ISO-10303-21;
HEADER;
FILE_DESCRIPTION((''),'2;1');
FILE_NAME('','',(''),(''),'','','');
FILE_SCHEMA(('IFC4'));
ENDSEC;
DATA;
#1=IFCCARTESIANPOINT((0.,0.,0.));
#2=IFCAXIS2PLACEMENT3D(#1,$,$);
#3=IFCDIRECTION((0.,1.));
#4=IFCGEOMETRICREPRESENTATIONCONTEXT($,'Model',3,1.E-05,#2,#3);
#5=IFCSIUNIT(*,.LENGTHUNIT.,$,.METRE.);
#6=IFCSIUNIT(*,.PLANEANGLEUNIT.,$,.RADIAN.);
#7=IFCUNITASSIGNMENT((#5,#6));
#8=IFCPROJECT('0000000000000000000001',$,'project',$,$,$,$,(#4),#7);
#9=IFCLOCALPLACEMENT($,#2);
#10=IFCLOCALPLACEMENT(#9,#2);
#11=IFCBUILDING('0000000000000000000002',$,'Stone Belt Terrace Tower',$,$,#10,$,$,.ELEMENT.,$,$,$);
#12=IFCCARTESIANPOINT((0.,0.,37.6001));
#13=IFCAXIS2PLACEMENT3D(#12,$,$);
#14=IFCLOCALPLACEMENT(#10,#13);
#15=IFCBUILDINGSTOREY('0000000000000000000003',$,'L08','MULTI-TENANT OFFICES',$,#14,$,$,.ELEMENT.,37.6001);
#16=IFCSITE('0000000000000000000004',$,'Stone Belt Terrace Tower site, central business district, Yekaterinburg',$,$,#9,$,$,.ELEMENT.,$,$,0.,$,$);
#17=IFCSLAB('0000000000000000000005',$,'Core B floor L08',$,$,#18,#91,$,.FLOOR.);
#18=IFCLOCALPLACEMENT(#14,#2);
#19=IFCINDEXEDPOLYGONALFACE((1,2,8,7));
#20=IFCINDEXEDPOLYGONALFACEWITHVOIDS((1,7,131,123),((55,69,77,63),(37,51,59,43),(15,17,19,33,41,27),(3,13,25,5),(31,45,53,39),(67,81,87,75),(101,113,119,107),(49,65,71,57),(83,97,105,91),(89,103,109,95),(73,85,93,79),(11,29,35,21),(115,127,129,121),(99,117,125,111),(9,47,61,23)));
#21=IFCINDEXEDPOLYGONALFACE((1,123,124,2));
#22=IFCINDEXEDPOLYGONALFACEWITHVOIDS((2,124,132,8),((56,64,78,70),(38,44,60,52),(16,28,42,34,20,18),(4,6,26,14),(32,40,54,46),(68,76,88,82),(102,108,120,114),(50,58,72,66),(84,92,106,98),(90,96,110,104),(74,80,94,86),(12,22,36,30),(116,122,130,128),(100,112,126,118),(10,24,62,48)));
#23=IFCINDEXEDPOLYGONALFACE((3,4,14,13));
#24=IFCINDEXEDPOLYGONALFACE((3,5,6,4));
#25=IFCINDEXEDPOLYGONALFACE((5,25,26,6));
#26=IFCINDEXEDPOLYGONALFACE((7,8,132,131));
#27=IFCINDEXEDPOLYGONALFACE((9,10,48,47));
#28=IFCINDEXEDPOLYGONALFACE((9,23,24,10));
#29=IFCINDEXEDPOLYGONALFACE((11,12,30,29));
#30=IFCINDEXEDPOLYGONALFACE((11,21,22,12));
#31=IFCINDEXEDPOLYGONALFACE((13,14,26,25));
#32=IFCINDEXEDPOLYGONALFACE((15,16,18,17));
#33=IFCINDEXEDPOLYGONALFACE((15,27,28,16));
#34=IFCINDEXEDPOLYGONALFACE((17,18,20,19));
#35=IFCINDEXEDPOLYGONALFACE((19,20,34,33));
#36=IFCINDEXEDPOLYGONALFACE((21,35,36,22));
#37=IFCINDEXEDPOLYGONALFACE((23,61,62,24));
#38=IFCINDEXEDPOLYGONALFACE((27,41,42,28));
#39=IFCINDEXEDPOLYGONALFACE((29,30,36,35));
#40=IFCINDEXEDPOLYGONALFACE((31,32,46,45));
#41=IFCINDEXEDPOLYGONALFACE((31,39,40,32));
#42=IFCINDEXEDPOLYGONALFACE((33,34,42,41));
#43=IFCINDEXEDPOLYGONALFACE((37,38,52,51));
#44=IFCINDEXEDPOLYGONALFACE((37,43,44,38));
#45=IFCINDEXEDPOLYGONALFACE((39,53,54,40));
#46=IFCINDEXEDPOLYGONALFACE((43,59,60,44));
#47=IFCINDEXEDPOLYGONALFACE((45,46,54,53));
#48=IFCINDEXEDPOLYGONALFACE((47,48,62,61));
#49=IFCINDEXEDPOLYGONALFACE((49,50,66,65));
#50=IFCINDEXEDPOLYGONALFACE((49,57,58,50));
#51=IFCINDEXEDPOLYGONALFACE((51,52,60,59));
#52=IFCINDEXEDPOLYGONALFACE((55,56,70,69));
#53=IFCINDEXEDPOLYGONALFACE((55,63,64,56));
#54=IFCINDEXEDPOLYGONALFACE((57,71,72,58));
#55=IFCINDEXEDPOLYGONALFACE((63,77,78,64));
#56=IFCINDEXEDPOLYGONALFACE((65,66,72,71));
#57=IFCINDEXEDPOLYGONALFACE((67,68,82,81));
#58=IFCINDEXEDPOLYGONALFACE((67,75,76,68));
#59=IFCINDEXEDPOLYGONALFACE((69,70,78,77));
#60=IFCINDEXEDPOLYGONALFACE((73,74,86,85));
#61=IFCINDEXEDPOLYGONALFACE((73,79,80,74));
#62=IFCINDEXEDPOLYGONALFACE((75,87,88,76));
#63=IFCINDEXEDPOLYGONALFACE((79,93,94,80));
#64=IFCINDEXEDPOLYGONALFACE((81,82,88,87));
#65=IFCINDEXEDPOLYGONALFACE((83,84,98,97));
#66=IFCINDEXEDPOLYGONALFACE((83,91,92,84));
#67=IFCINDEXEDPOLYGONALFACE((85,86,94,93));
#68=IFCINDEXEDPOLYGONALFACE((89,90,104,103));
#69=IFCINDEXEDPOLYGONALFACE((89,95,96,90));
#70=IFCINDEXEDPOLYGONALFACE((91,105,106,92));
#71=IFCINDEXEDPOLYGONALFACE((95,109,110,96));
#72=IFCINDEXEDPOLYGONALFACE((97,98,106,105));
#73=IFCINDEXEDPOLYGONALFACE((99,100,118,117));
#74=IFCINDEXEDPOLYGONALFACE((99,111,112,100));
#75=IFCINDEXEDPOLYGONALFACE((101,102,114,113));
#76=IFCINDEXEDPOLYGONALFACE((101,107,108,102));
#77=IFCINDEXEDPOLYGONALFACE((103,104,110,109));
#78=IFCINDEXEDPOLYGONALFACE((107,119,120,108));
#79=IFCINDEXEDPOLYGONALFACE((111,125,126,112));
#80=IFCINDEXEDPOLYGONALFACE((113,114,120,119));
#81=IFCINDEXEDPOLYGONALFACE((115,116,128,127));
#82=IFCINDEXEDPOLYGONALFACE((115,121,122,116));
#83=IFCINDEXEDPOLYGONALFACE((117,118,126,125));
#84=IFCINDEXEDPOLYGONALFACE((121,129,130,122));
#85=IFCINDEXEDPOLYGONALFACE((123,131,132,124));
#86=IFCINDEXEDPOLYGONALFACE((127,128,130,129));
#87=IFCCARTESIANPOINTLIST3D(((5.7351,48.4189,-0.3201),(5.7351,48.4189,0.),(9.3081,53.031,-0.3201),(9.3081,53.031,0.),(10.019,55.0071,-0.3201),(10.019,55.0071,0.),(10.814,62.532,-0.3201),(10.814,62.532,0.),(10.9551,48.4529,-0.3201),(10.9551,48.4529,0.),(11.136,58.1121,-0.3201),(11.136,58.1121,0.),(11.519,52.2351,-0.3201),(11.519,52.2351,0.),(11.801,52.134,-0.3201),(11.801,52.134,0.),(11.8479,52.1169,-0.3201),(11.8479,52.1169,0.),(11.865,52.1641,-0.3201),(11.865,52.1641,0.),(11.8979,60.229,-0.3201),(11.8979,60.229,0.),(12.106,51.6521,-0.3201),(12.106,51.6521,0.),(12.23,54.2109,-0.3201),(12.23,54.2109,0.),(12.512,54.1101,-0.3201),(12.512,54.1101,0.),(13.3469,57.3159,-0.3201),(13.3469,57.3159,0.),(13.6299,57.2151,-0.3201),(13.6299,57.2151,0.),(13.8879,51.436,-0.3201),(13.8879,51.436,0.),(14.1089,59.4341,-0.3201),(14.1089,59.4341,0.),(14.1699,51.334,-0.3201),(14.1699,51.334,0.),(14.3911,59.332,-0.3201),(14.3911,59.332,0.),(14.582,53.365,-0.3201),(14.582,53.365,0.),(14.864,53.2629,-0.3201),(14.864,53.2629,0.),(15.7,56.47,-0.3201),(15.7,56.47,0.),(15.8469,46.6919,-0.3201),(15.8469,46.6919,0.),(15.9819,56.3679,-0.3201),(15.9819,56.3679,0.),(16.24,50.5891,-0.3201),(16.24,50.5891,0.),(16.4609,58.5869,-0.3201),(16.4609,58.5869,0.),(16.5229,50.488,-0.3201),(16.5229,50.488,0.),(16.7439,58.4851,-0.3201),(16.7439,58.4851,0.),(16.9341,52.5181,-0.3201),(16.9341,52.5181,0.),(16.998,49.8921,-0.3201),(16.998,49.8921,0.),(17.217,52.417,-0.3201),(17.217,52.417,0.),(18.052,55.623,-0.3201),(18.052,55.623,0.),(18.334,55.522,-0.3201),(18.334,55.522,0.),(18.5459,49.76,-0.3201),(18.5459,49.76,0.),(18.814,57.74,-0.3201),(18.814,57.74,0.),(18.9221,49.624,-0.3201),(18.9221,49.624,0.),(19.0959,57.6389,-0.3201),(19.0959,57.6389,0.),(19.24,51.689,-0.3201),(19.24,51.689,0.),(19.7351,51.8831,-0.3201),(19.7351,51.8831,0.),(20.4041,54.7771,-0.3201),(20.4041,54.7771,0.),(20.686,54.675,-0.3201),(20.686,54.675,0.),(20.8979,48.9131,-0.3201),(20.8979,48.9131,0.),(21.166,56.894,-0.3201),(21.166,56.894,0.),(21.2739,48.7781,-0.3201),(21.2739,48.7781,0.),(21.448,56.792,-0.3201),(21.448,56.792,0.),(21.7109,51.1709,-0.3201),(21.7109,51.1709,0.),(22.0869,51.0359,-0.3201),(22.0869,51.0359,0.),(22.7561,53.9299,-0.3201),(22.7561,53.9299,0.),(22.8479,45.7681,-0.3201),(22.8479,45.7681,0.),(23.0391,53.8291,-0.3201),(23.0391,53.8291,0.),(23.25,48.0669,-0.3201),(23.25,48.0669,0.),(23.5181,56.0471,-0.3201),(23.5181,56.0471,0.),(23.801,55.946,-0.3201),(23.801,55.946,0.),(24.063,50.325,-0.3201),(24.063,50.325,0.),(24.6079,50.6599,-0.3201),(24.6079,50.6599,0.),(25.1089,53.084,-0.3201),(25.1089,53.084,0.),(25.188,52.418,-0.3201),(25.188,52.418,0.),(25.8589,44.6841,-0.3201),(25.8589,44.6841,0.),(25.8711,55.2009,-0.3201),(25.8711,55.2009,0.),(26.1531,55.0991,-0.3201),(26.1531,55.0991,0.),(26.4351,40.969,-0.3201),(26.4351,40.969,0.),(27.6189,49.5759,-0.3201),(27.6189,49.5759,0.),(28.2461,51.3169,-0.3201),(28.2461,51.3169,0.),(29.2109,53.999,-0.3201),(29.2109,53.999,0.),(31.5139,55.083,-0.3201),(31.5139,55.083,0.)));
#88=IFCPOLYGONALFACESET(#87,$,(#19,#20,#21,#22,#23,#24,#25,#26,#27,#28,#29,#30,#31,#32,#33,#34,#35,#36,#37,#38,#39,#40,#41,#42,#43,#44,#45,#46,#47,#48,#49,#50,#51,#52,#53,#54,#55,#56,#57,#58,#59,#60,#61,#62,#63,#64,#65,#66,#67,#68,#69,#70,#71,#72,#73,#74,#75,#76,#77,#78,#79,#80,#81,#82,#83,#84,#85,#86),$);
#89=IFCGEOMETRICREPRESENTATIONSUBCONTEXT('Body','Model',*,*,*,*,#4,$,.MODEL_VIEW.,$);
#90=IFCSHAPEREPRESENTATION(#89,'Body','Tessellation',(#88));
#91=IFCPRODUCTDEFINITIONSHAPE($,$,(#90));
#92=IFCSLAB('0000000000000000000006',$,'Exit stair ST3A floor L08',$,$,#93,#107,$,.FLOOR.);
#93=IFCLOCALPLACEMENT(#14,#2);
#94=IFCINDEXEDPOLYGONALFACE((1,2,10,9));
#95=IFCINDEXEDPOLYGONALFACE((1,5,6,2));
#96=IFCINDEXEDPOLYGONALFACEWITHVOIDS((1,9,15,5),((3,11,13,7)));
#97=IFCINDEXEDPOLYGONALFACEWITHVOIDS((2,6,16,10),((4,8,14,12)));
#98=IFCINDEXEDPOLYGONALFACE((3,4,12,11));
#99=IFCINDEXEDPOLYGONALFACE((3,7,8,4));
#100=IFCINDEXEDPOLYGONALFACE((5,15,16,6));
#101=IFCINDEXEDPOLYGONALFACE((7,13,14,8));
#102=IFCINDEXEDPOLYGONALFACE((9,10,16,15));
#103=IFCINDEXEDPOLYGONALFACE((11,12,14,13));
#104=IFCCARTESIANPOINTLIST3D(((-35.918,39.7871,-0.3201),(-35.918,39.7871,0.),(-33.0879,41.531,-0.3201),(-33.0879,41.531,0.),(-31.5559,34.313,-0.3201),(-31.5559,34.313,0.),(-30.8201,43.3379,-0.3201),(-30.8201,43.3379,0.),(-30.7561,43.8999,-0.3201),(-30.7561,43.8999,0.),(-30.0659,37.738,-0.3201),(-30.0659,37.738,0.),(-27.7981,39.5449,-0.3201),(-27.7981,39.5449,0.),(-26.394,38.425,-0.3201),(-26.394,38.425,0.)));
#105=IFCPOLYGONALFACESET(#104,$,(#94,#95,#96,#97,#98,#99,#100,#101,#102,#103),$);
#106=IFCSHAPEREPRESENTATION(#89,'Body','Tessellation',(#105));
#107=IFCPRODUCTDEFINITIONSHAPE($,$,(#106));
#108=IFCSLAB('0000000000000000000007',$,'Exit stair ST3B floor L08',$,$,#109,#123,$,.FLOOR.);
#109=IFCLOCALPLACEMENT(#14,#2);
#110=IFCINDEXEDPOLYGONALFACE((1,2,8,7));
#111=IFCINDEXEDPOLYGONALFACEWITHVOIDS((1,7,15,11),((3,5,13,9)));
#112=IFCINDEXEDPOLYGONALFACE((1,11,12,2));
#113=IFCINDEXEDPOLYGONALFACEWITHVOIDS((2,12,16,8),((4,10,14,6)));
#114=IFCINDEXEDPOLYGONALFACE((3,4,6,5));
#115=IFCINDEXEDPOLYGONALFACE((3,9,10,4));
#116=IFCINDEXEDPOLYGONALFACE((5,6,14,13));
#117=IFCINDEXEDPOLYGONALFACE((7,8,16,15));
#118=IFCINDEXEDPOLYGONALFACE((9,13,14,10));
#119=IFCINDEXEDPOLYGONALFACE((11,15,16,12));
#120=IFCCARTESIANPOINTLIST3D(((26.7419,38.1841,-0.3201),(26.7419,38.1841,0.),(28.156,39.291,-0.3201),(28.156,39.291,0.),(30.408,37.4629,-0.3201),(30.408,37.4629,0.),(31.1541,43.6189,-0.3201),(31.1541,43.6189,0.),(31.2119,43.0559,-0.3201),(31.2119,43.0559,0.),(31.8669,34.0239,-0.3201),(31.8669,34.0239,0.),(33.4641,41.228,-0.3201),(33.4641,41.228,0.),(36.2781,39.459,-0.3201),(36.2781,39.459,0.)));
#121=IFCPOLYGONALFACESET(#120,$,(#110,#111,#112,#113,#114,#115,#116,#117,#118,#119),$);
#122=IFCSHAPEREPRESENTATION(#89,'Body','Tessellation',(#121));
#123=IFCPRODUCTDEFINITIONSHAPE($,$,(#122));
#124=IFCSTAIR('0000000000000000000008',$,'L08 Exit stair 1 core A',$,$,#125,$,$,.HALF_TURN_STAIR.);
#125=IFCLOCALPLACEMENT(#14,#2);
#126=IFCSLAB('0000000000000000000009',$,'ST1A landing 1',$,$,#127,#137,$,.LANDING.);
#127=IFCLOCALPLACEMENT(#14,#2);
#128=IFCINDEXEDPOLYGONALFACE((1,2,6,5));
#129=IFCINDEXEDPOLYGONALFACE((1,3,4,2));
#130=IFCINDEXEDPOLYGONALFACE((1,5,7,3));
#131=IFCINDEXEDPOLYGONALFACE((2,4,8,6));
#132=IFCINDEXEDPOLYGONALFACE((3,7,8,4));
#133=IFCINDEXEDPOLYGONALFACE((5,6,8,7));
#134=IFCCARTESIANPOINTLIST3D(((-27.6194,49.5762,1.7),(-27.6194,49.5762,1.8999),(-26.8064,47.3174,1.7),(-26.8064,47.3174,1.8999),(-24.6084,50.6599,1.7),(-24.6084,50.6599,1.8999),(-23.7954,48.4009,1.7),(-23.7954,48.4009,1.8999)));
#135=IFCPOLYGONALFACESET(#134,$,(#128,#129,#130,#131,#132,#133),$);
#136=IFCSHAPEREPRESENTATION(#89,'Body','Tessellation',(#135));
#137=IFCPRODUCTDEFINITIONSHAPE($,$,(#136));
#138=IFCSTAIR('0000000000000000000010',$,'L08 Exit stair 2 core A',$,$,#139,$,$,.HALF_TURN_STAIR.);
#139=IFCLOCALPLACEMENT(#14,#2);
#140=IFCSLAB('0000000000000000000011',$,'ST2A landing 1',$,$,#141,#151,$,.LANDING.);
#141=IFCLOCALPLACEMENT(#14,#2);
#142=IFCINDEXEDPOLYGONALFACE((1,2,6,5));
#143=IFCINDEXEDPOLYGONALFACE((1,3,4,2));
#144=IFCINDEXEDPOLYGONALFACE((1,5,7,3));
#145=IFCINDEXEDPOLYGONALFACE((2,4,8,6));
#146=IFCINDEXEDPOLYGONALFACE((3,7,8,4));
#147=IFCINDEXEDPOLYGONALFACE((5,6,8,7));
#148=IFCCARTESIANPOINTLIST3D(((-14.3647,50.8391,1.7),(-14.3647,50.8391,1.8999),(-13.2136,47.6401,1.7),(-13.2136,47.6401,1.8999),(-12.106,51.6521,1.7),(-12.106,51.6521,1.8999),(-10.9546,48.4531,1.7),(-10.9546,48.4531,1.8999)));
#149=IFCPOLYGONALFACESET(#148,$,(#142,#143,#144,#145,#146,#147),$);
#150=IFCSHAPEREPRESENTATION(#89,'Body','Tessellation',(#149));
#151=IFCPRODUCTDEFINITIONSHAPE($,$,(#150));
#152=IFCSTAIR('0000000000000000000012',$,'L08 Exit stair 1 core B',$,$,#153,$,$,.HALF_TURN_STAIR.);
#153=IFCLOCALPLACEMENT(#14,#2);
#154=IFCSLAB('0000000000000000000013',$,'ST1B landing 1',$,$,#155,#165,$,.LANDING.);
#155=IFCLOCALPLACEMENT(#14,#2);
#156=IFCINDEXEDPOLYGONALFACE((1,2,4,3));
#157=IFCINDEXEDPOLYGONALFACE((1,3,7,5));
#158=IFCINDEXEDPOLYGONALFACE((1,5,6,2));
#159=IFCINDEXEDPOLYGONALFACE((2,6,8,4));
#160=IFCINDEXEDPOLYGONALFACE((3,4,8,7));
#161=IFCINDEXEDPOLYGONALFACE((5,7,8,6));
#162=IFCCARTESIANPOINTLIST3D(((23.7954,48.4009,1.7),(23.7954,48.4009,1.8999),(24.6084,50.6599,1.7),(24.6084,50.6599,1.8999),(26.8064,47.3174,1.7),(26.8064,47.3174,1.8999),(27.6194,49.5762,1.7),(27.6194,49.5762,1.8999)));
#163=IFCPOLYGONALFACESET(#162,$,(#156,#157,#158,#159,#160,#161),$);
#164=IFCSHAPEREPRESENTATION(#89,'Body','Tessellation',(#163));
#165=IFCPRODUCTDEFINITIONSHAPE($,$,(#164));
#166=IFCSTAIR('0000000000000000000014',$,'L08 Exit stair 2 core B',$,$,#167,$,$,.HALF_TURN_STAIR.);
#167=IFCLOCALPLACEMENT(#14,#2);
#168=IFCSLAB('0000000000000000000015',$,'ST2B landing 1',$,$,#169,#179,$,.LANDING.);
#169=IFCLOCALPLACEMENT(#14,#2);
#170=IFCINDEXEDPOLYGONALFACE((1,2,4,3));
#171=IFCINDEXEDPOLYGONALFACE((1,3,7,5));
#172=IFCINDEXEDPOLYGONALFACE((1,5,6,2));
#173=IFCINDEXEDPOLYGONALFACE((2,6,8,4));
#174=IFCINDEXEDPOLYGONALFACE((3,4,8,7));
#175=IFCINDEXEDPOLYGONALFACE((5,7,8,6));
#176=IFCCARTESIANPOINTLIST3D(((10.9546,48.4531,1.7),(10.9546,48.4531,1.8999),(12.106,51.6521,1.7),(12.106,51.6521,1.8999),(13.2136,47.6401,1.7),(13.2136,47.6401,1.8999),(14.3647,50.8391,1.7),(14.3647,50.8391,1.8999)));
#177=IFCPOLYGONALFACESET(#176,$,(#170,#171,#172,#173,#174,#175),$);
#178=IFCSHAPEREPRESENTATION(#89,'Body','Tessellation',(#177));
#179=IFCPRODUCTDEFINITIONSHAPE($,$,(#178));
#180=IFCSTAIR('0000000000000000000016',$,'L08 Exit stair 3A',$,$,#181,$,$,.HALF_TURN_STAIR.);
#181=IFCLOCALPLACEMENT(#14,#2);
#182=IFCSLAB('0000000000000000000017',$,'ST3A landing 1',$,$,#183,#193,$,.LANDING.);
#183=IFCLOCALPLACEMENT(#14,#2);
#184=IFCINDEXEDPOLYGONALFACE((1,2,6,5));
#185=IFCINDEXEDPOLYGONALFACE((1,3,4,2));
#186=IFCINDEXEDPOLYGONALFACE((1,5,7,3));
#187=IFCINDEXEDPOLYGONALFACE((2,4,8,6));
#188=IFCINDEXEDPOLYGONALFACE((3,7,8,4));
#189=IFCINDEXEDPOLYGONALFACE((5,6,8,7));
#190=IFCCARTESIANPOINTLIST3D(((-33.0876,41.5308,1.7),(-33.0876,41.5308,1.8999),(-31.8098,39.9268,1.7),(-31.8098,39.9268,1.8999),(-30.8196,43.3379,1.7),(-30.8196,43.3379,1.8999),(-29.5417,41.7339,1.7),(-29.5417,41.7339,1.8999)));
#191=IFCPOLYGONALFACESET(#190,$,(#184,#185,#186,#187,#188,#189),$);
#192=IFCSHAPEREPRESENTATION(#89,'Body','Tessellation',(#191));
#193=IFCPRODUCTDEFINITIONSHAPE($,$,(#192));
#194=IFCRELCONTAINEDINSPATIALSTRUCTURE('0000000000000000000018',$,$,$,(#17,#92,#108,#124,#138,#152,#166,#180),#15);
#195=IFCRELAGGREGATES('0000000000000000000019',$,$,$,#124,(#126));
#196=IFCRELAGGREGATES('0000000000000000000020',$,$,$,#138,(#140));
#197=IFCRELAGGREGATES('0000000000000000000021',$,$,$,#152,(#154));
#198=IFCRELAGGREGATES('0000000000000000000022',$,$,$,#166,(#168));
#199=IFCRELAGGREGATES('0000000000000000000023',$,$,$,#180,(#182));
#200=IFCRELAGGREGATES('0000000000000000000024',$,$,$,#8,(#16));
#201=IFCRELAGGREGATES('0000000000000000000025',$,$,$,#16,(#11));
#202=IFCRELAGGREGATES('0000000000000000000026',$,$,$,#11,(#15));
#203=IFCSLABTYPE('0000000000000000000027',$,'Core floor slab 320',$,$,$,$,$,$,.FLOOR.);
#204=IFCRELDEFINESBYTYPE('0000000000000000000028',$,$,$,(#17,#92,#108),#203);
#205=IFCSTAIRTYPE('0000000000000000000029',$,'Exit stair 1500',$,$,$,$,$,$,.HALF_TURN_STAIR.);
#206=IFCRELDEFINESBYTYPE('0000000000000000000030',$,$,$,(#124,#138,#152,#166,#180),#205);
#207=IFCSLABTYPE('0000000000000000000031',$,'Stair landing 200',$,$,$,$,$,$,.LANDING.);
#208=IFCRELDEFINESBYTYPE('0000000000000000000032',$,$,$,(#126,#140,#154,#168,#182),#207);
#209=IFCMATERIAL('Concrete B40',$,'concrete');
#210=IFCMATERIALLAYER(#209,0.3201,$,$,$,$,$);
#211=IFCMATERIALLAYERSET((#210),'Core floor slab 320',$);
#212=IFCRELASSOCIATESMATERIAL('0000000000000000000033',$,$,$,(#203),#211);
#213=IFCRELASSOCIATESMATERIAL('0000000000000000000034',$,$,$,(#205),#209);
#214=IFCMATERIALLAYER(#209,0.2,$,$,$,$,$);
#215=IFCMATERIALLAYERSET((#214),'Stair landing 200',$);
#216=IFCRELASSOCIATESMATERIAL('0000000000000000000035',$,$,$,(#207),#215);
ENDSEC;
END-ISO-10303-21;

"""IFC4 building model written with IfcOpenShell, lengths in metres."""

from ifc_helpers import new_model, si_unit, direction, frame, origin, place, context, subcontext, project, spatial, polyline, outline, extrude, material, layer, layer_set, type_object, element, aggregate, save


model = new_model("IFC4")

# Units and contexts
model_context = context("Model", 3, precision=1e-05, world=origin(), true_north=direction((0.0, 1.0)))
body_context = subcontext(model_context, "Body", "Model", "MODEL_VIEW")
ifc_project = project(units=[si_unit("LENGTHUNIT", "METRE"), si_unit("PLANEANGLEUNIT", "RADIAN")], contexts=[model_context])

# Site, building, storey
site_placement = place(None, origin())
site = spatial("IfcSite", under=ifc_project, at=site_placement, Name="Stone Belt Terrace Tower site, central business district, Yekaterinburg", CompositionType="ELEMENT", RefElevation=0.0)
building_placement = place(site_placement, origin())
building = spatial("IfcBuilding", under=site, at=building_placement, Name="Stone Belt Terrace Tower", CompositionType="ELEMENT")
storey_placement = place(building_placement, frame((0.0, 0.0, 37.6001)))
storey = spatial("IfcBuildingStorey", under=building, at=storey_placement, Name="L08", Description="MULTI-TENANT OFFICES", CompositionType="ELEMENT", Elevation=37.6001)

# Slabs
ifc_material_1 = material(Name="Concrete B40", Category="concrete")
ifc_layer_1 = layer(ifc_material_1, 0.3201)
ifc_layer_set_1 = layer_set([ifc_layer_1], Name="Core floor slab 320")
slab_type_1 = type_object("IfcSlabType", Name="Core floor slab 320", PredefinedType="FLOOR", material=ifc_layer_set_1)
slab_1_placement = place(storey_placement, frame((0.0, 0.0, -0.3201)))
element("IfcSlab", 1, at=slab_1_placement, inside=storey, type_object=slab_type_1, Name="Core B floor L08", PredefinedType="FLOOR", context=body_context, shape_type="SweptSolid", body=[
    extrude(outline(polyline([(26.4351, 40.969), (31.5139, 55.083), (10.814, 62.532), (5.7351, 48.4189), (26.4351, 40.969)]), holes=[polyline([(12.106, 51.6521), (16.998, 49.8921), (15.8469, 46.6919), (10.9551, 48.4529), (12.106, 51.6521)]), polyline([(19.24, 51.689), (18.5459, 49.76), (16.5229, 50.488), (17.217, 52.417), (19.24, 51.689)]), polyline([(16.24, 50.5891), (14.1699, 51.334), (14.864, 53.2629), (16.9341, 52.5181), (16.24, 50.5891)]), polyline([(14.582, 53.365), (13.8879, 51.436), (11.865, 52.1641), (11.8479, 52.1169), (11.801, 52.134), (12.512, 54.1101), (14.582, 53.365)]), polyline([(9.3081, 53.031), (10.019, 55.0071), (12.23, 54.2109), (11.519, 52.2351), (9.3081, 53.031)]), polyline([(16.7439, 58.4851), (18.814, 57.74), (18.052, 55.623), (15.9819, 56.3679), (16.7439, 58.4851)]), polyline([(14.3911, 59.332), (16.4609, 58.5869), (15.7, 56.47), (13.6299, 57.2151), (14.3911, 59.332)]), polyline([(11.8979, 60.229), (14.1089, 59.4341), (13.3469, 57.3159), (11.136, 58.1121), (11.8979, 60.229)]), polyline([(25.8589, 44.6841), (22.8479, 45.7681), (24.6079, 50.6599), (27.6189, 49.5759), (25.8589, 44.6841)]), polyline([(21.2739, 48.7781), (22.0869, 51.0359), (24.063, 50.325), (23.25, 48.0669), (21.2739, 48.7781)]), polyline([(18.9221, 49.624), (19.7351, 51.8831), (21.7109, 51.1709), (20.8979, 48.9131), (18.9221, 49.624)]), polyline([(29.2109, 53.999), (28.2461, 51.3169), (25.188, 52.418), (26.1531, 55.0991), (29.2109, 53.999)]), polyline([(23.801, 55.946), (25.8711, 55.2009), (25.1089, 53.084), (23.0391, 53.8291), (23.801, 55.946)]), polyline([(21.448, 56.792), (23.5181, 56.0471), (22.7561, 53.9299), (20.686, 54.675), (21.448, 56.792)]), polyline([(19.0959, 57.6389), (21.166, 56.894), (20.4041, 54.7771), (18.334, 55.522), (19.0959, 57.6389)])]), origin(), (0.0, 0.0, 1.0), 0.3201),
])
slab_2_placement = place(storey_placement, frame((0.0, 0.0, -0.3201)))
element("IfcSlab", 2, at=slab_2_placement, inside=storey, type_object=slab_type_1, Name="Exit stair ST3A floor L08", PredefinedType="FLOOR", context=body_context, shape_type="SweptSolid", body=[
    extrude(outline(polyline([(-26.394, 38.425), (-30.7561, 43.8999), (-35.918, 39.7871), (-31.5559, 34.313), (-26.394, 38.425)]), holes=[polyline([(-27.7981, 39.5449), (-30.0659, 37.738), (-33.0879, 41.531), (-30.8201, 43.3379), (-27.7981, 39.5449)])]), origin(), (0.0, 0.0, 1.0), 0.3201),
])
slab_3_placement = place(storey_placement, frame((0.0, 0.0, -0.3201)))
element("IfcSlab", 3, at=slab_3_placement, inside=storey, type_object=slab_type_1, Name="Exit stair ST3B floor L08", PredefinedType="FLOOR", context=body_context, shape_type="SweptSolid", body=[
    extrude(outline(polyline([(26.7419, 38.1841), (31.8669, 34.0239), (36.2781, 39.459), (31.1541, 43.6189), (26.7419, 38.1841)]), holes=[polyline([(30.408, 37.4629), (28.156, 39.291), (31.2119, 43.0559), (33.4641, 41.228), (30.408, 37.4629)])]), origin(), (0.0, 0.0, 1.0), 0.3201),
])

# Stairs, slabs
stair_type = type_object("IfcStairType", Name="Exit stair 1500", PredefinedType="HALF_TURN_STAIR", material=ifc_material_1)
stair_1_placement = place(storey_placement, origin())
stair_1 = element("IfcStair", 4, at=stair_1_placement, inside=storey, type_object=stair_type, Name="L08 Exit stair 1 core A", PredefinedType="HALF_TURN_STAIR")
ifc_layer_2 = layer(ifc_material_1, 0.2)
ifc_layer_set_2 = layer_set([ifc_layer_2], Name="Stair landing 200")
slab_type_2 = type_object("IfcSlabType", Name="Stair landing 200", PredefinedType="LANDING", material=ifc_layer_set_2)
slab_4_placement = place(storey_placement, frame((0.0, 0.0, 1.7)))
slab_4 = element("IfcSlab", 5, at=slab_4_placement, type_object=slab_type_2, Name="ST1A landing 1", PredefinedType="LANDING", context=body_context, shape_type="SweptSolid", body=[
    extrude(outline(polyline([(-23.7954, 48.4009), (-24.6084, 50.6599), (-27.6194, 49.5762), (-26.8064, 47.3174), (-23.7954, 48.4009)])), origin(), (0.0, 0.0, 1.0), 0.2),
])
aggregate(stair_1, [slab_4])
stair_2_placement = place(storey_placement, origin())
stair_2 = element("IfcStair", 6, at=stair_2_placement, inside=storey, type_object=stair_type, Name="L08 Exit stair 2 core A", PredefinedType="HALF_TURN_STAIR")
slab_5_placement = place(storey_placement, frame((0.0, 0.0, 1.7)))
slab_5 = element("IfcSlab", 7, at=slab_5_placement, type_object=slab_type_2, Name="ST2A landing 1", PredefinedType="LANDING", context=body_context, shape_type="SweptSolid", body=[
    extrude(outline(polyline([(-13.2136, 47.6401), (-10.9546, 48.4531), (-12.106, 51.6521), (-14.3647, 50.8391), (-13.2136, 47.6401)])), origin(), (0.0, 0.0, 1.0), 0.2),
])
aggregate(stair_2, [slab_5])
stair_3_placement = place(storey_placement, origin())
stair_3 = element("IfcStair", 8, at=stair_3_placement, inside=storey, type_object=stair_type, Name="L08 Exit stair 1 core B", PredefinedType="HALF_TURN_STAIR")
slab_6_placement = place(storey_placement, frame((0.0, 0.0, 1.7)))
slab_6 = element("IfcSlab", 9, at=slab_6_placement, type_object=slab_type_2, Name="ST1B landing 1", PredefinedType="LANDING", context=body_context, shape_type="SweptSolid", body=[
    extrude(outline(polyline([(26.8064, 47.3174), (27.6194, 49.5762), (24.6084, 50.6599), (23.7954, 48.4009), (26.8064, 47.3174)])), origin(), (0.0, 0.0, 1.0), 0.2),
])
aggregate(stair_3, [slab_6])
stair_4_placement = place(storey_placement, origin())
stair_4 = element("IfcStair", 10, at=stair_4_placement, inside=storey, type_object=stair_type, Name="L08 Exit stair 2 core B", PredefinedType="HALF_TURN_STAIR")
slab_7_placement = place(storey_placement, frame((0.0, 0.0, 1.7)))
slab_7 = element("IfcSlab", 11, at=slab_7_placement, type_object=slab_type_2, Name="ST2B landing 1", PredefinedType="LANDING", context=body_context, shape_type="SweptSolid", body=[
    extrude(outline(polyline([(14.3647, 50.8391), (12.106, 51.6521), (10.9546, 48.4531), (13.2136, 47.6401), (14.3647, 50.8391)])), origin(), (0.0, 0.0, 1.0), 0.2),
])
aggregate(stair_4, [slab_7])
stair_5_placement = place(storey_placement, origin())
stair_5 = element("IfcStair", 12, at=stair_5_placement, inside=storey, type_object=stair_type, Name="L08 Exit stair 3A", PredefinedType="HALF_TURN_STAIR")
slab_8_placement = place(storey_placement, frame((0.0, 0.0, 1.7)))
slab_8 = element("IfcSlab", 13, at=slab_8_placement, type_object=slab_type_2, Name="ST3A landing 1", PredefinedType="LANDING", context=body_context, shape_type="SweptSolid", body=[
    extrude(outline(polyline([(-29.5417, 41.7339), (-30.8196, 43.3379), (-33.0876, 41.5308), (-31.8098, 39.9268), (-29.5417, 41.7339)])), origin(), (0.0, 0.0, 1.0), 0.2),
])
aggregate(stair_5, [slab_8])

save(model, "model.ifc")
